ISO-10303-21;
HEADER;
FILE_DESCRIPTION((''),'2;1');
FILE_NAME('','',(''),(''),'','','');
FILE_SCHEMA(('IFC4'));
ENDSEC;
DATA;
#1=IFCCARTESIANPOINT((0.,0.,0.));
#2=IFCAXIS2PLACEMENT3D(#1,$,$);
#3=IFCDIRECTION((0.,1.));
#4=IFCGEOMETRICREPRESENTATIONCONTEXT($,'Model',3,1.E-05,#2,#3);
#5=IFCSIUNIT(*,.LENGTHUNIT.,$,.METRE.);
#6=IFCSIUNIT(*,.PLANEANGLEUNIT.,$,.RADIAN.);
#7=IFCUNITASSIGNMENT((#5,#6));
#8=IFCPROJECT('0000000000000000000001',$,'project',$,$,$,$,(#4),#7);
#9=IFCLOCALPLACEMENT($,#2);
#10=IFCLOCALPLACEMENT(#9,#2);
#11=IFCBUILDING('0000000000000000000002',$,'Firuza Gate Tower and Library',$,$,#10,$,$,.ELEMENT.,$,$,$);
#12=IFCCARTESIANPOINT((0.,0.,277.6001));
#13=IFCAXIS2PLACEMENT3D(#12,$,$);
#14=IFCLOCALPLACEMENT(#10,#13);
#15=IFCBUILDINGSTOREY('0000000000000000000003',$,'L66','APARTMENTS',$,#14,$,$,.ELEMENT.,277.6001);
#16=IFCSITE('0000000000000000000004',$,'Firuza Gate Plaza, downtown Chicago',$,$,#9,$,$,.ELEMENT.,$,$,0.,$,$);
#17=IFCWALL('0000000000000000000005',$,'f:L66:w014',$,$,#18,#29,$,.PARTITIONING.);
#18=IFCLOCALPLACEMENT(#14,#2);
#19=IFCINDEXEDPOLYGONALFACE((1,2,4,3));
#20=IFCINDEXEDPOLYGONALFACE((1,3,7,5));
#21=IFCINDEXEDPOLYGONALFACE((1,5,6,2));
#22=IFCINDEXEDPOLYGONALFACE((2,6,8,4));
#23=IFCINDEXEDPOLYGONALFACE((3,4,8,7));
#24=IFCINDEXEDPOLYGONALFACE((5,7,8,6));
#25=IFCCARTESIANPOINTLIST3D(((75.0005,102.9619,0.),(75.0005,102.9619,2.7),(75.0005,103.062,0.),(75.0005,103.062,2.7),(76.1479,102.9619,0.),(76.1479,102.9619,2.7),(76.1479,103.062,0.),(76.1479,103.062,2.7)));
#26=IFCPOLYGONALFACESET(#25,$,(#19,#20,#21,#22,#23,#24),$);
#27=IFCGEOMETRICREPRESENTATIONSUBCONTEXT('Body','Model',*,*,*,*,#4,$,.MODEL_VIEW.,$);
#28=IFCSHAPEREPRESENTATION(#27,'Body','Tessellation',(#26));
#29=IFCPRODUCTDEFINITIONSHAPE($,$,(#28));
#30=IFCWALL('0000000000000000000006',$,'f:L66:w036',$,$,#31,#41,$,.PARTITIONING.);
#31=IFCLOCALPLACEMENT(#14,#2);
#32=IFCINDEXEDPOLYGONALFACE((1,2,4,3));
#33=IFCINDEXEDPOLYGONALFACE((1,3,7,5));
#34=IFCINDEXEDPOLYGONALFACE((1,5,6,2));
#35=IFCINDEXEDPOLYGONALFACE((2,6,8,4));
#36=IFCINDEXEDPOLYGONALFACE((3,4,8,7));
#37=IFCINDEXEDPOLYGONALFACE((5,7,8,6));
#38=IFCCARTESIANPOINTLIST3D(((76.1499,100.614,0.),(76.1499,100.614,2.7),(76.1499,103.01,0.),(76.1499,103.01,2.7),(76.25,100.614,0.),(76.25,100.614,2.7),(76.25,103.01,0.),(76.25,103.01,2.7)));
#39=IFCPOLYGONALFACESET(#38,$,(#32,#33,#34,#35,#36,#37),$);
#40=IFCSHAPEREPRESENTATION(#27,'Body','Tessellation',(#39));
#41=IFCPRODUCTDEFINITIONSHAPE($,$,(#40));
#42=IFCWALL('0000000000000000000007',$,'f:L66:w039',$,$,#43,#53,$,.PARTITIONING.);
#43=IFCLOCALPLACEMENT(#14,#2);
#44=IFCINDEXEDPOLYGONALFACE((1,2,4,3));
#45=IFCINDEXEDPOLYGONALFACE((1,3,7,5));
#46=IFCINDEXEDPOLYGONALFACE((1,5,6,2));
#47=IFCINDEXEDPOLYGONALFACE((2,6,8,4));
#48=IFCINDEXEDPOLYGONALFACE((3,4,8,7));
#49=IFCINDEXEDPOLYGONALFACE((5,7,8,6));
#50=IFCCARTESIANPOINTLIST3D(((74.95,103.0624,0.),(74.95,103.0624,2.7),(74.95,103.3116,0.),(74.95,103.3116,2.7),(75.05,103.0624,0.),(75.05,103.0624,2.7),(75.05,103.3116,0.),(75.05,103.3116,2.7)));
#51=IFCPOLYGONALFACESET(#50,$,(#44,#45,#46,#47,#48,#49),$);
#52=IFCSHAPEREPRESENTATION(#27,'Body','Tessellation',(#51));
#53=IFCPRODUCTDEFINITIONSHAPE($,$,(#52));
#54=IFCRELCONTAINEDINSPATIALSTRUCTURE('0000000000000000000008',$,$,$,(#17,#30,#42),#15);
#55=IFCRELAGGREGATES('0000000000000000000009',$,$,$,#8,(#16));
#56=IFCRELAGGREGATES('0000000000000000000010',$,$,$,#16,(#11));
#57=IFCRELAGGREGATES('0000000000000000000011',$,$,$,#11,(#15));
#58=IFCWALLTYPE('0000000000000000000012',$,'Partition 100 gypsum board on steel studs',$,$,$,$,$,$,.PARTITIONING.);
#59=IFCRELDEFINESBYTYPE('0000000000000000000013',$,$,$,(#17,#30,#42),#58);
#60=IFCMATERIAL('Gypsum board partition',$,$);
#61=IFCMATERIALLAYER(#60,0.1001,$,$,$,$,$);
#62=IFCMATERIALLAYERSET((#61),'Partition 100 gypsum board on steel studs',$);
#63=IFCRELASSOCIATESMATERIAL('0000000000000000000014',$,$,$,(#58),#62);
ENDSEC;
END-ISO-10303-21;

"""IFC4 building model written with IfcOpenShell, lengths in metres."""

from ifc_helpers import new_model, si_unit, direction, frame, frame_2d, origin, place, context, subcontext, project, spatial, rectangle, extrude, material, layer, layer_set, type_object, element, save


model = new_model("IFC4")

# Units and contexts
model_context = context("Model", 3, precision=1e-05, world=origin(), true_north=direction((0.0, 1.0)))
body_context = subcontext(model_context, "Body", "Model", "MODEL_VIEW")
ifc_project = project(units=[si_unit("LENGTHUNIT", "METRE"), si_unit("PLANEANGLEUNIT", "RADIAN")], contexts=[model_context])

# Site, building, storey
site_placement = place(None, origin())
site = spatial("IfcSite", under=ifc_project, at=site_placement, Name="Firuza Gate Plaza, downtown Chicago", CompositionType="ELEMENT", RefElevation=0.0)
building_placement = place(site_placement, origin())
building = spatial("IfcBuilding", under=site, at=building_placement, Name="Firuza Gate Tower and Library", CompositionType="ELEMENT")
storey_placement = place(building_placement, frame((0.0, 0.0, 277.6001)))
storey = spatial("IfcBuildingStorey", under=building, at=storey_placement, Name="L66", Description="APARTMENTS", CompositionType="ELEMENT", Elevation=277.6001)

# Walls
ifc_material_1 = material(Name="Gypsum board partition")
ifc_layer_1 = layer(ifc_material_1, 0.1001)
ifc_layer_set_1 = layer_set([ifc_layer_1], Name="Partition 100 gypsum board on steel studs")
wall_type = type_object("IfcWallType", Name="Partition 100 gypsum board on steel studs", PredefinedType="PARTITIONING", material=ifc_layer_set_1)
wall_1_placement = place(storey_placement, frame((75.0005, 103.012, 0.0), z_axis=(0.0, 0.0, 1.0), x_axis=(1.0, 0.0, 0.0)))
element("IfcWall", 1, at=wall_1_placement, inside=storey, type_object=wall_type, Name="f:L66:w014", PredefinedType="PARTITIONING", context=body_context, shape_type="SweptSolid", body=[
    extrude(rectangle(XDim=1.1475, YDim=0.1001, at=frame_2d((0.5737, 0.0))), origin(), (0.0, 0.0, 1.0), 2.7),
])
wall_2_placement = place(storey_placement, frame((76.2, 100.614, 0.0), z_axis=(0.0, 0.0, 1.0), x_axis=(0.0, 1.0, 0.0)))
element("IfcWall", 2, at=wall_2_placement, inside=storey, type_object=wall_type, Name="f:L66:w036", PredefinedType="PARTITIONING", context=body_context, shape_type="SweptSolid", body=[
    extrude(rectangle(XDim=2.396, YDim=0.1001, at=frame_2d((1.198, 0.0))), origin(), (0.0, 0.0, 1.0), 2.7),
])
wall_3_placement = place(storey_placement, frame((75.0, 103.0625, 0.0), z_axis=(0.0, 0.0, 1.0), x_axis=(0.0, 1.0, 0.0)))
element("IfcWall", 3, at=wall_3_placement, inside=storey, type_object=wall_type, Name="f:L66:w039", PredefinedType="PARTITIONING", context=body_context, shape_type="SweptSolid", body=[
    extrude(rectangle(XDim=0.2493, YDim=0.1001, at=frame_2d((0.1245, 0.0))), origin(), (0.0, 0.0, 1.0), 2.7),
])

save(model, "model.ifc")
